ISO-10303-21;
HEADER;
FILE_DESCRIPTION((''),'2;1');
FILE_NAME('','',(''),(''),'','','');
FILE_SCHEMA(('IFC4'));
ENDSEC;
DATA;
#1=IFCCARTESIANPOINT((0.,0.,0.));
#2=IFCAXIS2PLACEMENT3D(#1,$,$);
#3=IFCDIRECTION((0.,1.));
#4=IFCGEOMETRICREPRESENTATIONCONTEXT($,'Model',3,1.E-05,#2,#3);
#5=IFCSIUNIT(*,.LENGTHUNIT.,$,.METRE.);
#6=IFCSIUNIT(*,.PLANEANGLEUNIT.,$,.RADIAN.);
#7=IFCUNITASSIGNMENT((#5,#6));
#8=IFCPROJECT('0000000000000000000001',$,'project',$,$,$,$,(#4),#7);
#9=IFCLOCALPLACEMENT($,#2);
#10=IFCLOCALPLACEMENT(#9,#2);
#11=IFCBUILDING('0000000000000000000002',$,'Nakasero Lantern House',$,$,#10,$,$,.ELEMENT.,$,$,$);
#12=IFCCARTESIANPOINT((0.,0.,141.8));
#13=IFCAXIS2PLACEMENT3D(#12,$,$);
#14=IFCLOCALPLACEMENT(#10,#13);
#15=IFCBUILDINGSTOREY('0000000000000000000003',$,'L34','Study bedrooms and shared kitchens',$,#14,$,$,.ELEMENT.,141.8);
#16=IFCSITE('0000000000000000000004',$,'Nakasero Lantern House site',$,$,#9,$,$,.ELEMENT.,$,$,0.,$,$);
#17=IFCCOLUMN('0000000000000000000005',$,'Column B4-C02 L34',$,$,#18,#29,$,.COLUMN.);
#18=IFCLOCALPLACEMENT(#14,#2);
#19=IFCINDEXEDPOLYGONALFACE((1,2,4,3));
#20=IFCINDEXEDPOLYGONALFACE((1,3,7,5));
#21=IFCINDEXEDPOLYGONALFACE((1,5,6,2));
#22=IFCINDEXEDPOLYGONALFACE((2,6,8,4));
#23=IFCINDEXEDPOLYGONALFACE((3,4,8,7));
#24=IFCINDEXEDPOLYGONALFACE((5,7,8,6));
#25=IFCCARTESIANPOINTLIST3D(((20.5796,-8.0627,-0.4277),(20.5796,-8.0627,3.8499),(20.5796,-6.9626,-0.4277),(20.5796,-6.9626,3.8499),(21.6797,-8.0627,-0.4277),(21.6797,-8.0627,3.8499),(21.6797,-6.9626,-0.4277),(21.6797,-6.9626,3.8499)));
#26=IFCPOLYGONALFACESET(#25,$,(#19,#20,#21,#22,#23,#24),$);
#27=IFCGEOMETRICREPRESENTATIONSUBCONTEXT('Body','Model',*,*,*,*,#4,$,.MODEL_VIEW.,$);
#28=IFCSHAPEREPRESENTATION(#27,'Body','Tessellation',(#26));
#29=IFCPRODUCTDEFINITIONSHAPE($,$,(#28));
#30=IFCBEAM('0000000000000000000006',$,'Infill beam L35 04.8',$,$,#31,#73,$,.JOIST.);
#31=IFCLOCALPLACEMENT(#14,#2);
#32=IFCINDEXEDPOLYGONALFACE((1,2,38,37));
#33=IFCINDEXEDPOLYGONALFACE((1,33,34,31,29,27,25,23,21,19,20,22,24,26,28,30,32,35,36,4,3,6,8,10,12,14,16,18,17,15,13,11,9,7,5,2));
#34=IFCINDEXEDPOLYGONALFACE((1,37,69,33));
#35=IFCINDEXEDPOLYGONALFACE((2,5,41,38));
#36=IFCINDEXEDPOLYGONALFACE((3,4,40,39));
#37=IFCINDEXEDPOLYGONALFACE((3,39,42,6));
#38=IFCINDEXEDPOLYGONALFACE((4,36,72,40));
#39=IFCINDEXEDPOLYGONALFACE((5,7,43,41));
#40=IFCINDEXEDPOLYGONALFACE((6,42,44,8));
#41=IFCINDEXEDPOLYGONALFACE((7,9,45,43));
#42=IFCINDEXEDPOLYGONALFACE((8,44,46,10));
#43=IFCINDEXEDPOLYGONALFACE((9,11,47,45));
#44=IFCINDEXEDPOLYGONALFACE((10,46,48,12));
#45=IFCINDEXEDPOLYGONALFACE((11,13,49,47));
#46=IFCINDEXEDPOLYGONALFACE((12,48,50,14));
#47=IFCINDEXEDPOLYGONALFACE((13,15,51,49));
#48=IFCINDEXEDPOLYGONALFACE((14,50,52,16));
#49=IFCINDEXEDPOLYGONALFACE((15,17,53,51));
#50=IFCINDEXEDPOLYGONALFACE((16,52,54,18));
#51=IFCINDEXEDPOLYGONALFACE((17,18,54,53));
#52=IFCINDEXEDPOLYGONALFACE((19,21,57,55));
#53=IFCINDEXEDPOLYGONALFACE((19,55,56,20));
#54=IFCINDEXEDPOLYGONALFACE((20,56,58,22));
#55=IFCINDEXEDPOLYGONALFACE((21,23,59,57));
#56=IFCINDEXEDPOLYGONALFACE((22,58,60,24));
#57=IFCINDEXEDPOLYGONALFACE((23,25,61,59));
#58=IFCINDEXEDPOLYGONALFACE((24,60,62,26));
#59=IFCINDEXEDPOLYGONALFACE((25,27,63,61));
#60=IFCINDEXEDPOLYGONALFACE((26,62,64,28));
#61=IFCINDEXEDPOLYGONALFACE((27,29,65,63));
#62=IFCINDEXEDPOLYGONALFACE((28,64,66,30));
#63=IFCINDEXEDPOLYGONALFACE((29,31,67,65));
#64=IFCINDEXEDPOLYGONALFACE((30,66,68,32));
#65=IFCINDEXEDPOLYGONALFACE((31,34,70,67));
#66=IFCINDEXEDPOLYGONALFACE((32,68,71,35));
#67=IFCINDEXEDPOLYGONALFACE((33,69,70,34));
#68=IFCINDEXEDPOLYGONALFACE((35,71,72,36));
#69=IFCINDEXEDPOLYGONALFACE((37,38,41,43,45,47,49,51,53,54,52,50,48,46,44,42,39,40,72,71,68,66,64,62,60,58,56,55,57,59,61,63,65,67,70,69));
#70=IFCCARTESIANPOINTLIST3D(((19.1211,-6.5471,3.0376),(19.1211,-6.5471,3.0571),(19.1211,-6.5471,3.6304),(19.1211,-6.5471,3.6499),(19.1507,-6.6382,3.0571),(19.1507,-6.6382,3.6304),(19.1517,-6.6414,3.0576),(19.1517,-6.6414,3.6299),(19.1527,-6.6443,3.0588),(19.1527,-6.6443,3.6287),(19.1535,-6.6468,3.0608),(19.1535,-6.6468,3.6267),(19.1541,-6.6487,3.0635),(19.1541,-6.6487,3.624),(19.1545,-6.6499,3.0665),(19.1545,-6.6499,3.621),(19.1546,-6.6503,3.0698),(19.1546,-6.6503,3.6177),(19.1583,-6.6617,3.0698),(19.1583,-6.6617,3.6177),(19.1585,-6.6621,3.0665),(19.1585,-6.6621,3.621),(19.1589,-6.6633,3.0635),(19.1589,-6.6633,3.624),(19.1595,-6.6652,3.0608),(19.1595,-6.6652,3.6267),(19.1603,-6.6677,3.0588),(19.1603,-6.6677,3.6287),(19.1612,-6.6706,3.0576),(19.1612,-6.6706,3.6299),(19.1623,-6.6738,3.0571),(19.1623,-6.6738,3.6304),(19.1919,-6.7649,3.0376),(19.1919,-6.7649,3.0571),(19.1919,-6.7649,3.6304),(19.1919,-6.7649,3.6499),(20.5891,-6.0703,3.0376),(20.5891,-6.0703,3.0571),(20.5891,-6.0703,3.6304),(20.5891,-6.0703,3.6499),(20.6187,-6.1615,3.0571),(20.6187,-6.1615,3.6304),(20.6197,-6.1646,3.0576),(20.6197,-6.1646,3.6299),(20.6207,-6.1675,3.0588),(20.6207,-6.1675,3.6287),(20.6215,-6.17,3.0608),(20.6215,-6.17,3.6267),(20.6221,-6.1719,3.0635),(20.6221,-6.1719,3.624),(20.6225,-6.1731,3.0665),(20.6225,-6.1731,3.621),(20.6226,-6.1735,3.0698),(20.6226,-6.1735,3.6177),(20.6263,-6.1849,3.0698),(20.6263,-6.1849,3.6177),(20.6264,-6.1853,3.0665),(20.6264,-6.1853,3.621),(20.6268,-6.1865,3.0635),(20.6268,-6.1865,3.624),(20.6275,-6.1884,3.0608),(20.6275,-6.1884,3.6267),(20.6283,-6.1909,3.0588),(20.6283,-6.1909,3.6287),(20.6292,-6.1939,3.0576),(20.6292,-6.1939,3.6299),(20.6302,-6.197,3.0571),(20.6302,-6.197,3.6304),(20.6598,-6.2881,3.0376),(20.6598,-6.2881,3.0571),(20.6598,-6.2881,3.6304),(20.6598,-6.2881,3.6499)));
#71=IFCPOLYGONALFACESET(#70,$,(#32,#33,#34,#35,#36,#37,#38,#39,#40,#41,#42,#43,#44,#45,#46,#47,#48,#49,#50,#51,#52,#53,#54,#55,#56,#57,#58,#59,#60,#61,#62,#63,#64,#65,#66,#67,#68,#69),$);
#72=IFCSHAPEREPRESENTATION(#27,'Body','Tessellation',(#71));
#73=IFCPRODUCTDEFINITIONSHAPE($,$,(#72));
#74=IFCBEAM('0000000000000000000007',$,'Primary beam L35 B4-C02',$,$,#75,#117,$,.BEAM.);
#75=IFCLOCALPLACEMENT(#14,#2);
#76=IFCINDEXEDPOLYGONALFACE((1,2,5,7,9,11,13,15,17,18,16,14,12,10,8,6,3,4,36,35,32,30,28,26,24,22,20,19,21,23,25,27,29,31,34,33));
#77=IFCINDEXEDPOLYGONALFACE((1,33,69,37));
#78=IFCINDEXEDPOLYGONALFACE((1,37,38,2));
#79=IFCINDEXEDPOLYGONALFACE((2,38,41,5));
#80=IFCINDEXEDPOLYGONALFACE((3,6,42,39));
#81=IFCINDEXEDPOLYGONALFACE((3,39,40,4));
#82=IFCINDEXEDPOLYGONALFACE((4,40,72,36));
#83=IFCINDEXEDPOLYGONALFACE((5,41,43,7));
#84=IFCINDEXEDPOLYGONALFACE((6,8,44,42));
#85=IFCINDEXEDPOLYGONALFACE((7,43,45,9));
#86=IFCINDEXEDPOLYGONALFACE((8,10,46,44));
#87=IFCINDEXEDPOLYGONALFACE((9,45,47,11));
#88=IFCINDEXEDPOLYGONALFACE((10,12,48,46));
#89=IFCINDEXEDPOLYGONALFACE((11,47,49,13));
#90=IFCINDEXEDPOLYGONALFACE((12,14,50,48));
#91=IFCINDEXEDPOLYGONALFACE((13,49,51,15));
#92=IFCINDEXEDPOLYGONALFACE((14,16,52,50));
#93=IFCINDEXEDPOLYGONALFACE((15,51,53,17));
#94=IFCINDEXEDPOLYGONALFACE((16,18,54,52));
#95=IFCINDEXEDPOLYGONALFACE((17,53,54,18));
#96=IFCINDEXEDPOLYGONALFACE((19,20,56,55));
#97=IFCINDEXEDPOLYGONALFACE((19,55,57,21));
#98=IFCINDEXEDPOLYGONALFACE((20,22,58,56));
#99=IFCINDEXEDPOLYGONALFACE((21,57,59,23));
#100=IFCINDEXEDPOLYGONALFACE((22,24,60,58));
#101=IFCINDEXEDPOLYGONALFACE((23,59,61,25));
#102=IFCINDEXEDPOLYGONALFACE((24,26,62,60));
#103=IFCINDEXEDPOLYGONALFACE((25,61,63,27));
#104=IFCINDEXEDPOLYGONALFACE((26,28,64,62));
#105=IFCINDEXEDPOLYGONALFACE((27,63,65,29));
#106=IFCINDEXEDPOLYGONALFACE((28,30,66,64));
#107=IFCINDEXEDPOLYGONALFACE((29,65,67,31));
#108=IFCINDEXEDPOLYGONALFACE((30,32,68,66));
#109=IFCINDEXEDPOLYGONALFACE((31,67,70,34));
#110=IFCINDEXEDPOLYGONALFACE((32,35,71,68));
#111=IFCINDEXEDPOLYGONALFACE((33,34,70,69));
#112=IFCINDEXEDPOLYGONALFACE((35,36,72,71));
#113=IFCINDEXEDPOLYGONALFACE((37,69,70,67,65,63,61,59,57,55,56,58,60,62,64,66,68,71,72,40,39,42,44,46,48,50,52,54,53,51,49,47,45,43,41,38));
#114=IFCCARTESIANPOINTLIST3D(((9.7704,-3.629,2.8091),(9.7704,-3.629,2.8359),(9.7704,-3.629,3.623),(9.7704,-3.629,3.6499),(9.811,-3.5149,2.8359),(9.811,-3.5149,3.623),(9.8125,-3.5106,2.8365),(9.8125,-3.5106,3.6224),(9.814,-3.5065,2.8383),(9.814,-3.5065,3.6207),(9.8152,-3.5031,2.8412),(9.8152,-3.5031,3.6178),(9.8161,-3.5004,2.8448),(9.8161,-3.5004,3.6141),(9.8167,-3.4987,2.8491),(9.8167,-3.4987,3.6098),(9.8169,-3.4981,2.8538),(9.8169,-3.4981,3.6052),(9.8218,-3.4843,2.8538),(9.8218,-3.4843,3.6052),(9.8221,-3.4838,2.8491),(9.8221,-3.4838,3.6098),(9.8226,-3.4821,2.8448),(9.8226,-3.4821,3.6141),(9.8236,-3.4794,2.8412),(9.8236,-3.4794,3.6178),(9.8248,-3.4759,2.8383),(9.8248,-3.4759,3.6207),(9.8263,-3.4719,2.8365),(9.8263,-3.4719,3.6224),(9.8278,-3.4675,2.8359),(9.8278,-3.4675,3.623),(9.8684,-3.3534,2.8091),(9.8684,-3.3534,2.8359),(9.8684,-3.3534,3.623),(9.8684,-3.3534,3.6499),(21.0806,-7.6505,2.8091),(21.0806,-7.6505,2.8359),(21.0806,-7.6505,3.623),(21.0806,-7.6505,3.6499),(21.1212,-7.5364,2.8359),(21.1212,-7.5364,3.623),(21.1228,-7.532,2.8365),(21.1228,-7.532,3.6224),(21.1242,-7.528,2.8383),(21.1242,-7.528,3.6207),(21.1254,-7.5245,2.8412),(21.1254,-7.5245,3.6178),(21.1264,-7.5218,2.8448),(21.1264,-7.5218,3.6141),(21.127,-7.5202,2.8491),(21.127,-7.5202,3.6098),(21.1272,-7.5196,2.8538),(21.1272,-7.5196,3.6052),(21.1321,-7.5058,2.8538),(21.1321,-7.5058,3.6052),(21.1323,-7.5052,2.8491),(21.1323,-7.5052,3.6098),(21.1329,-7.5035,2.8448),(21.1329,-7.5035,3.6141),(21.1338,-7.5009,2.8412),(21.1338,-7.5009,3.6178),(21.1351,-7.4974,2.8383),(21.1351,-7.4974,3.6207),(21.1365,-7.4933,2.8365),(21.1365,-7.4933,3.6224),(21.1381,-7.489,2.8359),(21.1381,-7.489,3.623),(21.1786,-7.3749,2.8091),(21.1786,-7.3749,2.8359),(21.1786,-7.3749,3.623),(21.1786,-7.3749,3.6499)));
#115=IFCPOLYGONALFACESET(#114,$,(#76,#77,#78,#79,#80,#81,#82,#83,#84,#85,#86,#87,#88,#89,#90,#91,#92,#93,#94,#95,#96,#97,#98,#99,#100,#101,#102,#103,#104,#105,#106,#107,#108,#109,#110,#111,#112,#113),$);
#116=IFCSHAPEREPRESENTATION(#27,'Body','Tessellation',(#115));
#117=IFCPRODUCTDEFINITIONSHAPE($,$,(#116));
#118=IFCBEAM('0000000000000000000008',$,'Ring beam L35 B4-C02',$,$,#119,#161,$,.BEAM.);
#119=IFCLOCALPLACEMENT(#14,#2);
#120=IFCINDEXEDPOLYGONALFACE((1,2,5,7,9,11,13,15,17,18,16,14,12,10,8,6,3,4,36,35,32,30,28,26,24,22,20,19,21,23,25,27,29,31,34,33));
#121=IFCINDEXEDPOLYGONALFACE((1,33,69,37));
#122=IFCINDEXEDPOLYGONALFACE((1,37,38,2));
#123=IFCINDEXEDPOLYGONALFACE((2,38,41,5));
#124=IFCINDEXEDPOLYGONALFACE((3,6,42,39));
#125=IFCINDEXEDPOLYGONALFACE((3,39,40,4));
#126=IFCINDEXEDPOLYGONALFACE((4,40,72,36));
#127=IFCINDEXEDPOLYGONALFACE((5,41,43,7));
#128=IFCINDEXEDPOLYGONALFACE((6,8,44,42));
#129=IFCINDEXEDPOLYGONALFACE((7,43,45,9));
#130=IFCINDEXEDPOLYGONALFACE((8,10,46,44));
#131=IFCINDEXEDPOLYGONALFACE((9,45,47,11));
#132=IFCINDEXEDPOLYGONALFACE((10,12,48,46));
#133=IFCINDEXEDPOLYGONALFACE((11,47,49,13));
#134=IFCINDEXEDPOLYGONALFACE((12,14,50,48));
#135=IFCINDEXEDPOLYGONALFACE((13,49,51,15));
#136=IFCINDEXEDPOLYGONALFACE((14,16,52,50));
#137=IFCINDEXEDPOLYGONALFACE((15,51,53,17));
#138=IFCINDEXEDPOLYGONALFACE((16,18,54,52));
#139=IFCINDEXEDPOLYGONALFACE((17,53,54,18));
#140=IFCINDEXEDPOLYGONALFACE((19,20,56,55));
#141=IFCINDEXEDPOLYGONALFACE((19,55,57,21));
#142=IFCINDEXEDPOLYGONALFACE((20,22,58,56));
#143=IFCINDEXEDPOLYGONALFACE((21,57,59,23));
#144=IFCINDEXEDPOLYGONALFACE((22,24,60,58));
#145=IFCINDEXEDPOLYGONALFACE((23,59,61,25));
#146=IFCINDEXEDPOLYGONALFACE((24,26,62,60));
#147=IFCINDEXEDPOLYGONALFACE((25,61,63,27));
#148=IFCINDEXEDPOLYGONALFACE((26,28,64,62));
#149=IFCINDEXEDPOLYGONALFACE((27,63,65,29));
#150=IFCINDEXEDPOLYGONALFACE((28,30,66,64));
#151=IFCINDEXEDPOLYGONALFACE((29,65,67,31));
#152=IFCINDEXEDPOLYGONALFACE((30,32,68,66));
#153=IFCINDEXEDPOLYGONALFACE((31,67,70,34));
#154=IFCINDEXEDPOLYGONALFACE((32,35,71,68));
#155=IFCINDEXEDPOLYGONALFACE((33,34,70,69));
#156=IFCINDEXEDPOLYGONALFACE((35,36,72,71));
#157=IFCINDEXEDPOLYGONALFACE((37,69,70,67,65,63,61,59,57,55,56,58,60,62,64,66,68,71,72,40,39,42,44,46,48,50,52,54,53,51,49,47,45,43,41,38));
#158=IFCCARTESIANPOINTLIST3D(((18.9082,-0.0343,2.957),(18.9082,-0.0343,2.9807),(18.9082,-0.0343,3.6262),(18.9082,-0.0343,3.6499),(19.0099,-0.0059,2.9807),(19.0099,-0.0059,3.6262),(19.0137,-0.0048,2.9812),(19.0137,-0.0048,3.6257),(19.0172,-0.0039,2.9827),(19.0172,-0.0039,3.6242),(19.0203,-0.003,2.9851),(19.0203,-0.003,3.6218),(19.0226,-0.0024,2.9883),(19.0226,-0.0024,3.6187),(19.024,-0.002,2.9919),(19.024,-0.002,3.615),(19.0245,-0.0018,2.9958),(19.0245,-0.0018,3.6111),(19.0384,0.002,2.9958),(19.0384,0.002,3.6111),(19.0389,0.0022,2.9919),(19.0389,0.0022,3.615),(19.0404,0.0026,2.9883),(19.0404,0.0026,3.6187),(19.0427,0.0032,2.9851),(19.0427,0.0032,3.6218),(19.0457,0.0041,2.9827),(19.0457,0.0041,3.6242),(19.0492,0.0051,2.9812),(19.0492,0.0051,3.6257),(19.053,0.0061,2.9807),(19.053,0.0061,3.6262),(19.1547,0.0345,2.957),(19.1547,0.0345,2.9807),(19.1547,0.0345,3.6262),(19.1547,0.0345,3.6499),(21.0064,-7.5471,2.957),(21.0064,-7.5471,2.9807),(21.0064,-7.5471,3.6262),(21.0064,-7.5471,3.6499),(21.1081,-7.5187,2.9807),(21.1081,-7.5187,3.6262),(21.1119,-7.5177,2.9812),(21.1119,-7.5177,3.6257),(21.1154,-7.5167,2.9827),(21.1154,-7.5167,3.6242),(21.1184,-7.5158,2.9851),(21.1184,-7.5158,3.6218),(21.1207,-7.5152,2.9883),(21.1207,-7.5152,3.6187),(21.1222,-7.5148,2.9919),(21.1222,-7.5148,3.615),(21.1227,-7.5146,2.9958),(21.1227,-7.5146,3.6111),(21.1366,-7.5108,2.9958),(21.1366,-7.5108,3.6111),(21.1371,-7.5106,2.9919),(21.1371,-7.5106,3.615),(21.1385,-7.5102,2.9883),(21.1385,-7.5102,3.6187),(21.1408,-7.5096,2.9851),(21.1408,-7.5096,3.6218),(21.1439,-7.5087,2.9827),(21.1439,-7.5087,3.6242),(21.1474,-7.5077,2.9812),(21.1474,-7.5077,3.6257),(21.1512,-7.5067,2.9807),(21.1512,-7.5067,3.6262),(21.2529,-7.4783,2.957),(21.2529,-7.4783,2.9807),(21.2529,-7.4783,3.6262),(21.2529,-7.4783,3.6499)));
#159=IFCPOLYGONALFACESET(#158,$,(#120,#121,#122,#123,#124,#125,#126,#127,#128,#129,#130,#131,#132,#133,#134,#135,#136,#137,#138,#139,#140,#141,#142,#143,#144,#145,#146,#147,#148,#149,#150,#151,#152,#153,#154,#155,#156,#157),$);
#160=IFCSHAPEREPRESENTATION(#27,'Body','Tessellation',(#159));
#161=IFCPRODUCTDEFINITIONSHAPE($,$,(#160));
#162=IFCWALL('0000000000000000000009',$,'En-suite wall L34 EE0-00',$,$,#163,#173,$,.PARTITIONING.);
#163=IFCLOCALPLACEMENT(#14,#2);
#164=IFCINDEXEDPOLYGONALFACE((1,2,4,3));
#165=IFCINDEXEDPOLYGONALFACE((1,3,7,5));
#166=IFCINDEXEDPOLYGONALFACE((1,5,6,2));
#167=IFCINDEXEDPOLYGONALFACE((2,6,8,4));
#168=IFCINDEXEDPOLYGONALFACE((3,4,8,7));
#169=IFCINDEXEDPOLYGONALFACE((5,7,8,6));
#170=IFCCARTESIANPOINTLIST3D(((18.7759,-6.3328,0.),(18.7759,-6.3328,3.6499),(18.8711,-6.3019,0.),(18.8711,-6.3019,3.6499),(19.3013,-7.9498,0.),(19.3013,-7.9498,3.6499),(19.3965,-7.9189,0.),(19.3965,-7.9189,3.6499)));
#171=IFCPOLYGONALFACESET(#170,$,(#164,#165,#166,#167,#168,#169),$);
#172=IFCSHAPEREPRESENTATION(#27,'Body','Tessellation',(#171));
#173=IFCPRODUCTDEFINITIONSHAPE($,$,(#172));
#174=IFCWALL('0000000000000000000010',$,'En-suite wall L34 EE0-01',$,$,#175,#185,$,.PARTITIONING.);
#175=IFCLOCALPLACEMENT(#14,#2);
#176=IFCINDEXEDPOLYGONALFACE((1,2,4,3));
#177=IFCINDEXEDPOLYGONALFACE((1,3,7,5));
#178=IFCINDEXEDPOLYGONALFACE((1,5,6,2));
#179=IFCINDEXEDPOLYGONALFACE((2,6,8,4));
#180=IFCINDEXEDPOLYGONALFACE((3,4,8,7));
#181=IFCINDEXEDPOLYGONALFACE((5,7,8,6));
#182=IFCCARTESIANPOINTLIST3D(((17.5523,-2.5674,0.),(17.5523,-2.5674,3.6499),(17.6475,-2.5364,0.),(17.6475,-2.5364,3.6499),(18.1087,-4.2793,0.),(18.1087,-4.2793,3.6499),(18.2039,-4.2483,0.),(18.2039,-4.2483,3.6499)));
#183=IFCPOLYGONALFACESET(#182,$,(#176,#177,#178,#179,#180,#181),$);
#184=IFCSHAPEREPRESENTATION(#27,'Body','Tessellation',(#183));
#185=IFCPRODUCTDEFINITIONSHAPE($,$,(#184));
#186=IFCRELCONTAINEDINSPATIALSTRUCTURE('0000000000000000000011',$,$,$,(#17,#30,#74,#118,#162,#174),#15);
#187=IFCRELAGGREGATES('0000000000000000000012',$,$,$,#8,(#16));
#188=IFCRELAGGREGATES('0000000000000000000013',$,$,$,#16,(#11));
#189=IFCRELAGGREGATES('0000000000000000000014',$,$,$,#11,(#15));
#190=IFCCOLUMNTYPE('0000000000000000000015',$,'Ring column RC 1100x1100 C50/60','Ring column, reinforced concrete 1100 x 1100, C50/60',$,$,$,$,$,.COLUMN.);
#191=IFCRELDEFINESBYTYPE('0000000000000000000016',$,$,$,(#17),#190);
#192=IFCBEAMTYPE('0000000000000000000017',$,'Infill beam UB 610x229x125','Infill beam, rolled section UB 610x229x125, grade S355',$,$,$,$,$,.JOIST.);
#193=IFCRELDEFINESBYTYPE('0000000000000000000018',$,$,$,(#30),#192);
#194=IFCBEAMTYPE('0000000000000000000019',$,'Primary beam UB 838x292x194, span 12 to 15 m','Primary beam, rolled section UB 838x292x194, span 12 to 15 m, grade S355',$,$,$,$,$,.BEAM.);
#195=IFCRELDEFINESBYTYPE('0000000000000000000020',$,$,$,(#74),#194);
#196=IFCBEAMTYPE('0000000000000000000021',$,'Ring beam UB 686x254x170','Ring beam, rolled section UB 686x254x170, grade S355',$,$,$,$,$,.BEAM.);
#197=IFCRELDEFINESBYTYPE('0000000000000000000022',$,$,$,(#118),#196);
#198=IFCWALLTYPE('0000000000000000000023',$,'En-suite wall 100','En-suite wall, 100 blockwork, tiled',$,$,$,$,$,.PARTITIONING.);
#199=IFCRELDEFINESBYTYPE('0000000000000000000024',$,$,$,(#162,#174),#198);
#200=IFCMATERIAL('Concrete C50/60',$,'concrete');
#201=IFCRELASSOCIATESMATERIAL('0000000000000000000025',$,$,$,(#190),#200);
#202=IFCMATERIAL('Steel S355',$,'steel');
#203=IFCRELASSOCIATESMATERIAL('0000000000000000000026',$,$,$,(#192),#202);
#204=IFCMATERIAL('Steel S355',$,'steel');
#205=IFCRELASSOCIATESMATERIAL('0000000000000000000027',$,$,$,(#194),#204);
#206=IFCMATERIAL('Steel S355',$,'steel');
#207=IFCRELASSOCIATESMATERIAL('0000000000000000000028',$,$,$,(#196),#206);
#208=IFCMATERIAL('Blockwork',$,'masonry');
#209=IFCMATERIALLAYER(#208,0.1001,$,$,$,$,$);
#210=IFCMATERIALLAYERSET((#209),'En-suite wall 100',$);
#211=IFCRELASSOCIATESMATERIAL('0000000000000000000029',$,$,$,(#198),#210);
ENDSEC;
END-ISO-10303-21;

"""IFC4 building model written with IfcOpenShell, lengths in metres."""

from ifc_helpers import new_model, si_unit, direction, frame, frame_2d, origin, origin_2d, place, context, subcontext, project, spatial, rectangle, i_section, extrude, material, layer, layer_set, material_profile, profile_set, type_object, element, save


model = new_model("IFC4")

# Units and contexts
model_context = context("Model", 3, precision=1e-05, world=origin(), true_north=direction((0.0, 1.0)))
body_context = subcontext(model_context, "Body", "Model", "MODEL_VIEW")
ifc_project = project(units=[si_unit("LENGTHUNIT", "METRE"), si_unit("PLANEANGLEUNIT", "RADIAN")], contexts=[model_context])

# Site, building, storey
site_placement = place(None, origin())
site = spatial("IfcSite", under=ifc_project, at=site_placement, Name="Nakasero Lantern House site", CompositionType="ELEMENT", RefElevation=0.0)
building_placement = place(site_placement, origin())
building = spatial("IfcBuilding", under=site, at=building_placement, Name="Nakasero Lantern House", CompositionType="ELEMENT")
storey_placement = place(building_placement, frame((0.0, 0.0, 141.8)))
storey = spatial("IfcBuildingStorey", under=building, at=storey_placement, Name="L34", Description="Study bedrooms and shared kitchens", CompositionType="ELEMENT", Elevation=141.8)

# Column
ifc_material_1 = material(Name="Concrete C50/60", Category="concrete")
ifc_material_profile_1 = material_profile(ifc_material_1, rectangle(XDim=1.1001, YDim=1.1001, at=origin_2d()), Name="RC 1100x1100")
ifc_profile_set_1 = profile_set([ifc_material_profile_1], Name="Concrete C50/60")
column_type = type_object("IfcColumnType", Name="Ring column RC 1100x1100 C50/60", Description="Ring column, reinforced concrete 1100 x 1100, C50/60", PredefinedType="COLUMN", material=ifc_profile_set_1)
column_placement = place(storey_placement, frame((21.1296, -7.5127, -0.4277), z_axis=(0.0, 0.0, 1.0), x_axis=(1.0, 0.0, 0.0)))
element("IfcColumn", 1, at=column_placement, inside=storey, type_object=column_type, Name="Column B4-C02 L34", PredefinedType="COLUMN", context=body_context, shape_type="SweptSolid", body=[
    extrude(rectangle(XDim=1.1001, YDim=1.1001, at=origin_2d()), origin(), (0.0, 0.0, 1.0), 4.2776),
])

# Beams
ifc_material_2 = material(Name="Steel S355", Category="steel")
ifc_material_profile_2 = material_profile(ifc_material_2, i_section(OverallWidth=0.229, OverallDepth=0.6123, WebThickness=0.012, FlangeThickness=0.0195, FilletRadius=0.0127, at=origin_2d()), Name="UB 610x229x125")
ifc_profile_set_2 = profile_set([ifc_material_profile_2], Name="Steel S355")
beam_type_1 = type_object("IfcBeamType", Name="Infill beam UB 610x229x125", Description="Infill beam, rolled section UB 610x229x125, grade S355", PredefinedType="JOIST", material=ifc_profile_set_2)
beam_1_placement = place(storey_placement, frame((19.1565, -6.656, 3.3438), z_axis=(0.951091, 0.308911, 0.0), x_axis=(-0.308911, 0.951091, 0.0)))
element("IfcBeam", 2, at=beam_1_placement, inside=storey, type_object=beam_type_1, Name="Infill beam L35 04.8", PredefinedType="JOIST", context=body_context, shape_type="SweptSolid", body=[
    extrude(i_section(OverallWidth=0.229, OverallDepth=0.6123, WebThickness=0.012, FlangeThickness=0.0195, FilletRadius=0.0127, at=origin_2d()), origin(), (0.0, 0.0, 1.0), 1.5435),
])
ifc_material_3 = material(Name="Steel S355", Category="steel")
ifc_material_profile_3 = material_profile(ifc_material_3, i_section(OverallWidth=0.2925, OverallDepth=0.8408, WebThickness=0.0146, FlangeThickness=0.0269, FilletRadius=0.0178, at=origin_2d()), Name="UB 838x292x194")
ifc_profile_set_3 = profile_set([ifc_material_profile_3], Name="Steel S355")
beam_type_2 = type_object("IfcBeamType", Name="Primary beam UB 838x292x194, span 12 to 15 m", Description="Primary beam, rolled section UB 838x292x194, span 12 to 15 m, grade S355", PredefinedType="BEAM", material=ifc_profile_set_3)
beam_2_placement = place(storey_placement, frame((21.1296, -7.5127, 3.2295), z_axis=(-0.942214, 0.335013, 0.0), x_axis=(-0.335013, -0.942214, 0.0)))
element("IfcBeam", 3, at=beam_2_placement, inside=storey, type_object=beam_type_2, Name="Primary beam L35 B4-C02", PredefinedType="BEAM", context=body_context, shape_type="SweptSolid", body=[
    extrude(i_section(OverallWidth=0.2925, OverallDepth=0.8408, WebThickness=0.0146, FlangeThickness=0.0269, FilletRadius=0.0178, at=origin_2d()), origin(), (0.0, 0.0, 1.0), 12.0039),
])
ifc_material_4 = material(Name="Steel S355", Category="steel")
ifc_material_profile_4 = material_profile(ifc_material_4, i_section(OverallWidth=0.2559, OverallDepth=0.6929, WebThickness=0.0144, FlangeThickness=0.0237, FilletRadius=0.0151, at=origin_2d()), Name="UB 686x254x170")
ifc_profile_set_4 = profile_set([ifc_material_profile_4], Name="Steel S355")
beam_type_3 = type_object("IfcBeamType", Name="Ring beam UB 686x254x170", Description="Ring beam, rolled section UB 686x254x170, grade S355", PredefinedType="BEAM", material=ifc_profile_set_4)
beam_3_placement = place(storey_placement, frame((21.1296, -7.5127, 3.3035), z_axis=(-0.268987, 0.963144, 0.0), x_axis=(-0.963144, -0.268987, 0.0)))
element("IfcBeam", 4, at=beam_3_placement, inside=storey, type_object=beam_type_3, Name="Ring beam L35 B4-C02", PredefinedType="BEAM", context=body_context, shape_type="SweptSolid", body=[
    extrude(i_section(OverallWidth=0.2559, OverallDepth=0.6929, WebThickness=0.0144, FlangeThickness=0.0237, FilletRadius=0.0151, at=origin_2d()), origin(), (0.0, 0.0, 1.0), 7.8003),
])

# Walls
ifc_material_5 = material(Name="Blockwork", Category="masonry")
ifc_layer_1 = layer(ifc_material_5, 0.1001)
ifc_layer_set_1 = layer_set([ifc_layer_1], Name="En-suite wall 100")
wall_type_1 = type_object("IfcWallType", Name="En-suite wall 100", Description="En-suite wall, 100 blockwork, tiled", PredefinedType="PARTITIONING", material=ifc_layer_set_1)
wall_1_placement = place(storey_placement, frame((19.3489, -7.9343, 0.0), z_axis=(0.0, 0.0, 1.0), x_axis=(-0.309024, 0.951054, 0.0)))
element("IfcWall", 5, at=wall_1_placement, inside=storey, type_object=wall_type_1, Name="En-suite wall L34 EE0-00", PredefinedType="PARTITIONING", context=body_context, shape_type="SweptSolid", body=[
    extrude(rectangle(XDim=1.7002, YDim=0.1001, at=frame_2d((0.8501, 0.0))), origin(), (0.0, 0.0, 1.0), 3.6499),
])
wall_2_placement = place(storey_placement, frame((18.1562, -4.2637, 0.0), z_axis=(0.0, 0.0, 1.0), x_axis=(-0.309098, 0.95103, 0.0)))
element("IfcWall", 6, at=wall_2_placement, inside=storey, type_object=wall_type_1, Name="En-suite wall L34 EE0-01", PredefinedType="PARTITIONING", context=body_context, shape_type="SweptSolid", body=[
    extrude(rectangle(XDim=1.8, YDim=0.1001, at=frame_2d((0.8999, 0.0))), origin(), (0.0, 0.0, 1.0), 3.6499),
])

save(model, "model.ifc")
